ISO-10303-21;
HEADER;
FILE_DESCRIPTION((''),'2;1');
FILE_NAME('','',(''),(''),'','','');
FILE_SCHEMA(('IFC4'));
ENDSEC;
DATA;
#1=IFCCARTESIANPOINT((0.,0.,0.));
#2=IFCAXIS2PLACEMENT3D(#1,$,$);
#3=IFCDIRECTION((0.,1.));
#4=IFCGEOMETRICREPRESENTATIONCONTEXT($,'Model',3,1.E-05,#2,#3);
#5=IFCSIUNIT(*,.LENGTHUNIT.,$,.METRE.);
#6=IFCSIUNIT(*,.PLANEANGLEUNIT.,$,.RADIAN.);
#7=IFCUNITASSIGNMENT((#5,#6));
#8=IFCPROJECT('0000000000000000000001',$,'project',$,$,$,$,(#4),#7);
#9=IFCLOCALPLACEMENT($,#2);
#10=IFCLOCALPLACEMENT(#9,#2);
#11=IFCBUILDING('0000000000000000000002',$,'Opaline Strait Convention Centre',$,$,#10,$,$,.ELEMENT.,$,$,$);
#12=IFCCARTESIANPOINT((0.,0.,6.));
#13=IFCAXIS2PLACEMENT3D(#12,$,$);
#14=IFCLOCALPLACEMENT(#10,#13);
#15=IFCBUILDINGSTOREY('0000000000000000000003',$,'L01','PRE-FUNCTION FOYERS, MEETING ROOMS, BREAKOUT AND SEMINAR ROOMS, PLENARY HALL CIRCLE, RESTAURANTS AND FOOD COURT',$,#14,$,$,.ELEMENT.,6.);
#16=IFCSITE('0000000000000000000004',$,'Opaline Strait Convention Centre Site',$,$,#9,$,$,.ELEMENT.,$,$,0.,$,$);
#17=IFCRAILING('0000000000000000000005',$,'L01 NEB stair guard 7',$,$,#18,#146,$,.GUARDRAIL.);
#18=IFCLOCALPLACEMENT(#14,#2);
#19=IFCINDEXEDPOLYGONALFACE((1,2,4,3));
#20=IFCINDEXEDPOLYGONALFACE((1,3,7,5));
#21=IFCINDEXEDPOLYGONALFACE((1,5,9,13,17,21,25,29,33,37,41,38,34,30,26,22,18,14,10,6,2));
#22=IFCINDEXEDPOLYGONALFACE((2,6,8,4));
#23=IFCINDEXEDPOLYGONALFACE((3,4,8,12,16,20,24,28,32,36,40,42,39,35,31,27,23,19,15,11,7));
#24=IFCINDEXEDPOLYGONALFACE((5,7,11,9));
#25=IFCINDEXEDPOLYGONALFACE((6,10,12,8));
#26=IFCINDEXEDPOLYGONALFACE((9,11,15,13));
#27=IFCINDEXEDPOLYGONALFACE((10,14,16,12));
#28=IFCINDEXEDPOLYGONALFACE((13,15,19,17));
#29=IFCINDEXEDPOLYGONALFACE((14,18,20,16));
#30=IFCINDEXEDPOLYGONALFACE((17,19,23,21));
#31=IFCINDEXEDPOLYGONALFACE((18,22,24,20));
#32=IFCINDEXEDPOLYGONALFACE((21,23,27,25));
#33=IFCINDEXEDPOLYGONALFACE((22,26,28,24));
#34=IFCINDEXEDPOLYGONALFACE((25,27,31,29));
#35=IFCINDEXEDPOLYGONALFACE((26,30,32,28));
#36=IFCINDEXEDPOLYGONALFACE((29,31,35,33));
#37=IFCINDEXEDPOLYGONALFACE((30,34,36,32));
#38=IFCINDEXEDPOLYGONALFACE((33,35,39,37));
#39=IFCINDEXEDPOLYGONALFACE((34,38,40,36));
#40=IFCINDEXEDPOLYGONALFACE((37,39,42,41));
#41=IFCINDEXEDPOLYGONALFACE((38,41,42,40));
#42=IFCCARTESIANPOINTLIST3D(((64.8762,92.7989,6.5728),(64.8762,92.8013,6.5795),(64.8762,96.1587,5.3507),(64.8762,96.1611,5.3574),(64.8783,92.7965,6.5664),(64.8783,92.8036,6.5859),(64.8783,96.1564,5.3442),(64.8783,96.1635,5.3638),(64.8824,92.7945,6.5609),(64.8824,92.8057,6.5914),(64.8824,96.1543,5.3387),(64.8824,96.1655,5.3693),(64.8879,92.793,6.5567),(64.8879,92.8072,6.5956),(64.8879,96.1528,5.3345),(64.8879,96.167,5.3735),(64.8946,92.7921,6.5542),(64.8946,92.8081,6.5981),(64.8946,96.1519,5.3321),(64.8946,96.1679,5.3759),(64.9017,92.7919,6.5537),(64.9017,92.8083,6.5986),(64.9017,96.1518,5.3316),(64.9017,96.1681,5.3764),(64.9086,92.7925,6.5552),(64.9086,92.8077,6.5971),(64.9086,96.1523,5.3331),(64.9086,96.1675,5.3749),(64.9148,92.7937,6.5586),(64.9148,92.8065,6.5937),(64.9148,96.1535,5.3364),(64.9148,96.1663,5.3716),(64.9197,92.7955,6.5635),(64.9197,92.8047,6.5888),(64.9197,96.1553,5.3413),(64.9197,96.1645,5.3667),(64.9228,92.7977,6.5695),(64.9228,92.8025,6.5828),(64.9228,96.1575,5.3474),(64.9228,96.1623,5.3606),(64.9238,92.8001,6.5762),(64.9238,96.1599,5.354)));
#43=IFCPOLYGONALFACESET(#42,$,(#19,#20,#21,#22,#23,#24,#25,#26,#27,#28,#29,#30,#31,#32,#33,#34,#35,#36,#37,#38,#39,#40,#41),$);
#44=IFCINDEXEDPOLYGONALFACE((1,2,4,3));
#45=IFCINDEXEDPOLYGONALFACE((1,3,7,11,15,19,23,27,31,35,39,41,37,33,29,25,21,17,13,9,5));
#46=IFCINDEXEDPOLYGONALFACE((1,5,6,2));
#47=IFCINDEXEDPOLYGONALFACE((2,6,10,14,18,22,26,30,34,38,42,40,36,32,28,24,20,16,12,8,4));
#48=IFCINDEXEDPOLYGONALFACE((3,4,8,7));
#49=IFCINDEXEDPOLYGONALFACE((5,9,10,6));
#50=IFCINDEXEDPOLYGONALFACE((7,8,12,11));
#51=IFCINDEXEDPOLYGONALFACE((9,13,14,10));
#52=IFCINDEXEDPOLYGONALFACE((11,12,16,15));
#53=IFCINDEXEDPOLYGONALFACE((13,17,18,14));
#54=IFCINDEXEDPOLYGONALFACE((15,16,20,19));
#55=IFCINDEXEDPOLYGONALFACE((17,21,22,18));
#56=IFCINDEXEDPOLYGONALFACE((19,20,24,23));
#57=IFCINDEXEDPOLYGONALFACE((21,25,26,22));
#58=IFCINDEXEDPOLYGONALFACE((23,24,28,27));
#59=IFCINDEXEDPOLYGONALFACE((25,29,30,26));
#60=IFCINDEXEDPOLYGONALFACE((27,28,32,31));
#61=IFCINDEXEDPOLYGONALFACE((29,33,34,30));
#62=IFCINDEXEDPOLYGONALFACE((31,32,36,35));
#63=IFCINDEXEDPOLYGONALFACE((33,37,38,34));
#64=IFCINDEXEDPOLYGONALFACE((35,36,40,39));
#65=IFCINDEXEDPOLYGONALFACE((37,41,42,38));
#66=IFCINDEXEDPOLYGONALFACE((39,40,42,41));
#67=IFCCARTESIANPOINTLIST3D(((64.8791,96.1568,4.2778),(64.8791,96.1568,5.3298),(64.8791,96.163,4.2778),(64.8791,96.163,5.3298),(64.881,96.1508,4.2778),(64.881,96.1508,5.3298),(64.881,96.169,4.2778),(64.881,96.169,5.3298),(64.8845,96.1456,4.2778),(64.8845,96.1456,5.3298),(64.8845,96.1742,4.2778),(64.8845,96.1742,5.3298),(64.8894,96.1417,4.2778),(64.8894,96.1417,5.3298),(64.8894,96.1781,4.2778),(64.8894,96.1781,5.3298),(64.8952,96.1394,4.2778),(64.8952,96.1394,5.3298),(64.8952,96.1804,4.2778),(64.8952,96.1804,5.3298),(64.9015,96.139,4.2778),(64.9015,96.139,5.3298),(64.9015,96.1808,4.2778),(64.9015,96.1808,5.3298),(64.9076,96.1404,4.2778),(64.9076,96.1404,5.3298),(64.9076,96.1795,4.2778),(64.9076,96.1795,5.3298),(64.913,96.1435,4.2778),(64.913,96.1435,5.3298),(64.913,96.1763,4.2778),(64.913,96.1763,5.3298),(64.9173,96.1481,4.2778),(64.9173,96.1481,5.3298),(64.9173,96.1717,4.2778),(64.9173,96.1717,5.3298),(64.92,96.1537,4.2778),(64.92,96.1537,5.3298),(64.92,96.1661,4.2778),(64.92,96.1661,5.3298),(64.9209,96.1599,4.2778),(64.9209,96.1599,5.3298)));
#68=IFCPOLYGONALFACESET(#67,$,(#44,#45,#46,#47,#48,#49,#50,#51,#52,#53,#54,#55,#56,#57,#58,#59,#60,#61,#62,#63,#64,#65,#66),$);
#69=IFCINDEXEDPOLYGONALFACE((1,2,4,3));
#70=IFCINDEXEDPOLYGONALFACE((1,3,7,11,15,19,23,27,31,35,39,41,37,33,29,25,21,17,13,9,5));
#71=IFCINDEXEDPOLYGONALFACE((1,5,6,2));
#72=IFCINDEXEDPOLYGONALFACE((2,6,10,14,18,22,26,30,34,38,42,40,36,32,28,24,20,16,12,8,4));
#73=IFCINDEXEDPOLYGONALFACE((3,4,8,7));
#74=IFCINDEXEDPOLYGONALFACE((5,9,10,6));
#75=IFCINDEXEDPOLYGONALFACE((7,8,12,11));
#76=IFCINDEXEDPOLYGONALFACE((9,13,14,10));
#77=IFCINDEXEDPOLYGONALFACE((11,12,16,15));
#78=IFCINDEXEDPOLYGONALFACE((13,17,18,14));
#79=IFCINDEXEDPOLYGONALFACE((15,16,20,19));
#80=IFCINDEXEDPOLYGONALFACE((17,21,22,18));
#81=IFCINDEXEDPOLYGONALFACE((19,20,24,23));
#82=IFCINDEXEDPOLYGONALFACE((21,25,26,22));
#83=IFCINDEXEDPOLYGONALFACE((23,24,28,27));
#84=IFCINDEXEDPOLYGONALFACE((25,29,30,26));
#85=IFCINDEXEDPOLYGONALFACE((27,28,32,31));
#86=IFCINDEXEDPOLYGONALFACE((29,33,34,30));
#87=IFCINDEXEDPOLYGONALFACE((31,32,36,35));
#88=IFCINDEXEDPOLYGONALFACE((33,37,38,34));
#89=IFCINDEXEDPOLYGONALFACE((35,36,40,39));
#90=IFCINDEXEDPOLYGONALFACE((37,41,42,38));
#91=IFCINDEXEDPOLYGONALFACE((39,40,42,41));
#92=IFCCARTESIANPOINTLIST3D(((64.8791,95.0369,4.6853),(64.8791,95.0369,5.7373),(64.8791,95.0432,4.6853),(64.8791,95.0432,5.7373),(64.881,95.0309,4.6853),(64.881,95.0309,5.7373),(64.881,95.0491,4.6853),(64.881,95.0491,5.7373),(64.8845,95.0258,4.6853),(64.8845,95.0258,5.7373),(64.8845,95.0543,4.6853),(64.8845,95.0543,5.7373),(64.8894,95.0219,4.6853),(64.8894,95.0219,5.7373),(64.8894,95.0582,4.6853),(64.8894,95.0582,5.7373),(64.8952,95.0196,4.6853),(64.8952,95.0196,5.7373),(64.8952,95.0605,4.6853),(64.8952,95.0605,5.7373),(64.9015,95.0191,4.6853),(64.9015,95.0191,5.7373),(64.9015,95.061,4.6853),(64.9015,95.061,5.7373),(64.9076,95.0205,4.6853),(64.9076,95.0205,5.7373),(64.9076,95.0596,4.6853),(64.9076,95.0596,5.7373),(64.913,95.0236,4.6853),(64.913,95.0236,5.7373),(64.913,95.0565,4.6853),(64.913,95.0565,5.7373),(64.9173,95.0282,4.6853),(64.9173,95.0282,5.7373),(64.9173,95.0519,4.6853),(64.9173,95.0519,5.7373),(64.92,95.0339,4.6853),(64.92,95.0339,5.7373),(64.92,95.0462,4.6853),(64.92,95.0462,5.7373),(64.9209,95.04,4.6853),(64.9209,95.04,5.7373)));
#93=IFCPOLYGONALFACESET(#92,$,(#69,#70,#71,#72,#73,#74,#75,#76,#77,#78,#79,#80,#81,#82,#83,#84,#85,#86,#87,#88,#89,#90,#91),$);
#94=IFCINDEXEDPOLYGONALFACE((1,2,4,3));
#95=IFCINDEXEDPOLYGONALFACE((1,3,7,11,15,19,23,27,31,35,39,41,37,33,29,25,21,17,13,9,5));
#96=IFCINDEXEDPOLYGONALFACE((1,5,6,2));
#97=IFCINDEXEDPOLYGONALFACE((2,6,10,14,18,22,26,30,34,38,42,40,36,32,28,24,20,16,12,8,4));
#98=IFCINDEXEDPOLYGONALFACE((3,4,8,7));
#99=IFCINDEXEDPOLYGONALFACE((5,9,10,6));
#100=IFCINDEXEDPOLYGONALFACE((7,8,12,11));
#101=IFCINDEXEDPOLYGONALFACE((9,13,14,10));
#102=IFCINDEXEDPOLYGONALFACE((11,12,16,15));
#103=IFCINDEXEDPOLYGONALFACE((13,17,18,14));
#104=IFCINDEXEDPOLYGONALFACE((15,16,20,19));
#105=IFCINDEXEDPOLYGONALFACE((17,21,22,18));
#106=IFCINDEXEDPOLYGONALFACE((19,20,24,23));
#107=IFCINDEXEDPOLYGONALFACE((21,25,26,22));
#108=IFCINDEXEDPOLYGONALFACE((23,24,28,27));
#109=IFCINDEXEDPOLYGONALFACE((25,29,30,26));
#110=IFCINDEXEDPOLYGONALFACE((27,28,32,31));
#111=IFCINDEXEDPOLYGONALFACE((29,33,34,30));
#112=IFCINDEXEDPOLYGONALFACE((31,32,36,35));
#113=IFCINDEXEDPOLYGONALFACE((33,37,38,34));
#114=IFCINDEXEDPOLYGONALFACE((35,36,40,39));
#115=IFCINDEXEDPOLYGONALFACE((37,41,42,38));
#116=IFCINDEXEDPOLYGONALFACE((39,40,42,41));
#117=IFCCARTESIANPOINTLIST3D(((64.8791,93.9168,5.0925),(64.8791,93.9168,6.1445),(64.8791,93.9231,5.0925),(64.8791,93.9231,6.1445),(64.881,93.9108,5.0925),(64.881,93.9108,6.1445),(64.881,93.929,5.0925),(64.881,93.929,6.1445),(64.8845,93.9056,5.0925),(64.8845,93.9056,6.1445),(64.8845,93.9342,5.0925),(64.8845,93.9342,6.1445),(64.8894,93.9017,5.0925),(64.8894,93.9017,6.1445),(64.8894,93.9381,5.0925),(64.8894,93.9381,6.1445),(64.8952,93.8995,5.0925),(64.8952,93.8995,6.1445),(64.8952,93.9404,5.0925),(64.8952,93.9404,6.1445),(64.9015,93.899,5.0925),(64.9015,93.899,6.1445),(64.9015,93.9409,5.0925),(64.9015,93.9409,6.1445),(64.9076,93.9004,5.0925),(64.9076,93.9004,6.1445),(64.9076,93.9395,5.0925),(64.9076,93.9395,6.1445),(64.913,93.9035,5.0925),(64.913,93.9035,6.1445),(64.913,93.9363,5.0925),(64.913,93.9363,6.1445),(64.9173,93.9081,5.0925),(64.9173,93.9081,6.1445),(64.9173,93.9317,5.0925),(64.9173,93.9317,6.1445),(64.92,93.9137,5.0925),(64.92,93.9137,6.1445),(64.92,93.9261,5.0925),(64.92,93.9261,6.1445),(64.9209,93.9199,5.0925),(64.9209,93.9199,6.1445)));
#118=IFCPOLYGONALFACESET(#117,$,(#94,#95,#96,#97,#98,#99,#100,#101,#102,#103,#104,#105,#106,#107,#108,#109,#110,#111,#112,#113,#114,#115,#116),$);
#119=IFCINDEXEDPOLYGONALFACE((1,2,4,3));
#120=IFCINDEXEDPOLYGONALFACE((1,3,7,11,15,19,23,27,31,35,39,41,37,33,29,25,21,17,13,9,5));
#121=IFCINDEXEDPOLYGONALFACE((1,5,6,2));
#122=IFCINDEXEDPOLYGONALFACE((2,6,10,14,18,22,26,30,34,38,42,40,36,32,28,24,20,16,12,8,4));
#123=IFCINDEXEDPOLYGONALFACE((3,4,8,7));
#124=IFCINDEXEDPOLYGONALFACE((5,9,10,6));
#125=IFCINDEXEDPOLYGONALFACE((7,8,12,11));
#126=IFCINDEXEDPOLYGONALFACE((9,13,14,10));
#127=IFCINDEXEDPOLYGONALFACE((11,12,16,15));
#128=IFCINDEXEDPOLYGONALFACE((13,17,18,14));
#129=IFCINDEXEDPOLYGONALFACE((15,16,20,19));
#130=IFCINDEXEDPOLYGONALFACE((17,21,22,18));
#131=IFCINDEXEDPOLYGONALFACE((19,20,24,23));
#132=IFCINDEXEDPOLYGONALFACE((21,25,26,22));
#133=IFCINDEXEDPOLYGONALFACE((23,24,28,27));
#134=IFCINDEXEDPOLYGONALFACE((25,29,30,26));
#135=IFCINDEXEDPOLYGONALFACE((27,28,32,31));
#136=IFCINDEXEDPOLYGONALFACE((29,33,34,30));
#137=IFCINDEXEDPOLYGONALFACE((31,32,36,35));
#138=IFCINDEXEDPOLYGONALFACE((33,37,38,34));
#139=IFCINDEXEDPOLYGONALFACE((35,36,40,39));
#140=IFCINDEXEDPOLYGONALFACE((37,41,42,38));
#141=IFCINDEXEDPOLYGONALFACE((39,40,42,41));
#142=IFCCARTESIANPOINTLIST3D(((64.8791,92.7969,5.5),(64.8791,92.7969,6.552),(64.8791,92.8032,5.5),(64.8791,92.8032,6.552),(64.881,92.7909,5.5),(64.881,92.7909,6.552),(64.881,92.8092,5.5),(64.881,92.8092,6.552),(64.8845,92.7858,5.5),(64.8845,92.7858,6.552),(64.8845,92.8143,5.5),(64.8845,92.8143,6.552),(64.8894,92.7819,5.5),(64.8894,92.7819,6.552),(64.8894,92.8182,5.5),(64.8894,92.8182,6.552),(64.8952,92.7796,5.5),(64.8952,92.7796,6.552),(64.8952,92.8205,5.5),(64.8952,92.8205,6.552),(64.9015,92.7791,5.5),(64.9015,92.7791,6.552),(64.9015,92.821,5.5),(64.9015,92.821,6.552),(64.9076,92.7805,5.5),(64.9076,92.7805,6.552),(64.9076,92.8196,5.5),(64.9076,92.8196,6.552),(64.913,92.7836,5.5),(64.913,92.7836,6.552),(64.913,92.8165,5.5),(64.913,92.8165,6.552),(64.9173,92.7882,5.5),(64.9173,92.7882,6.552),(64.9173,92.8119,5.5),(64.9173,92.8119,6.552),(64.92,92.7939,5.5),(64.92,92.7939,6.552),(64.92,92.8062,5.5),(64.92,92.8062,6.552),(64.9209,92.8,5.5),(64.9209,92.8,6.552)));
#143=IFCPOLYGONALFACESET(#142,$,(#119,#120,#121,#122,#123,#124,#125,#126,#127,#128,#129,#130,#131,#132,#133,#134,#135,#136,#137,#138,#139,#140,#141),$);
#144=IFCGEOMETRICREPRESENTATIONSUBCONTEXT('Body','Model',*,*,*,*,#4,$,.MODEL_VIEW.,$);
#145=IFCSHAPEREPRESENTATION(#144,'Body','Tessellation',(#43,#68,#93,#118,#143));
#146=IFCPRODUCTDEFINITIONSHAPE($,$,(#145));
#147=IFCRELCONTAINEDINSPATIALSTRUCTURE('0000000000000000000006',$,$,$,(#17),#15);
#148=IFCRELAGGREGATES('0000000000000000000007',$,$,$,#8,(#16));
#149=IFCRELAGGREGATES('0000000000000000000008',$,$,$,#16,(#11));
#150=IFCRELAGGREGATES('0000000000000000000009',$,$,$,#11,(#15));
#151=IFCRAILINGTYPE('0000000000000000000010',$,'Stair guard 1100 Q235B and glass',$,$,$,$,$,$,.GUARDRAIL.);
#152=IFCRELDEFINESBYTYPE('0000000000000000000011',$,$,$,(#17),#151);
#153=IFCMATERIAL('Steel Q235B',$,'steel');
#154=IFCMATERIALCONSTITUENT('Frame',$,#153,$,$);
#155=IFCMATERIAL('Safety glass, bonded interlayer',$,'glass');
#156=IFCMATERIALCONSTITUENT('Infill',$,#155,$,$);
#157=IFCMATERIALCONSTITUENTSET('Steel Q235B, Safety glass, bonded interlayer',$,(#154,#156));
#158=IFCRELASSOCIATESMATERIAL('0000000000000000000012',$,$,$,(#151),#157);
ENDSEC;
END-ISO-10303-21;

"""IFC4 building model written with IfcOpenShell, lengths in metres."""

from ifc_helpers import new_model, si_unit, direction, frame, origin, origin_2d, place, context, subcontext, project, spatial, circle, extrude, material, constituent, constituent_set, type_object, element, save


model = new_model("IFC4")

# Units and contexts
model_context = context("Model", 3, precision=1e-05, world=origin(), true_north=direction((0.0, 1.0)))
body_context = subcontext(model_context, "Body", "Model", "MODEL_VIEW")
ifc_project = project(units=[si_unit("LENGTHUNIT", "METRE"), si_unit("PLANEANGLEUNIT", "RADIAN")], contexts=[model_context])

# Site, building, storey
site_placement = place(None, origin())
site = spatial("IfcSite", under=ifc_project, at=site_placement, Name="Opaline Strait Convention Centre Site", CompositionType="ELEMENT", RefElevation=0.0)
building_placement = place(site_placement, origin())
building = spatial("IfcBuilding", under=site, at=building_placement, Name="Opaline Strait Convention Centre", CompositionType="ELEMENT")
storey_placement = place(building_placement, frame((0.0, 0.0, 6.0)))
storey = spatial("IfcBuildingStorey", under=building, at=storey_placement, Name="L01", Description="PRE-FUNCTION FOYERS, MEETING ROOMS, BREAKOUT AND SEMINAR ROOMS, PLENARY HALL CIRCLE, RESTAURANTS AND FOOD COURT", CompositionType="ELEMENT", Elevation=6.0)

# Railing
ifc_material_1 = material(Name="Safety glass, bonded interlayer", Category="glass")
ifc_material_2 = material(Name="Steel Q235B", Category="steel")
ifc_constituent_1 = constituent(ifc_material_2, Name="Frame")
ifc_constituent_2 = constituent(ifc_material_1, Name="Infill")
ifc_constituent_set_1 = constituent_set(constituents=[ifc_constituent_1, ifc_constituent_2], Name="Steel Q235B, Safety glass, bonded interlayer")
railing_type_1 = type_object("IfcRailingType", Name="Stair guard 1100 Q235B and glass", PredefinedType="GUARDRAIL", material=ifc_constituent_set_1)
railing_1_placement = place(storey_placement, frame((64.8999, 96.1599, 4.2778)))
element("IfcRailing", 1, at=railing_1_placement, inside=storey, type_object=railing_type_1, Name="L01 NEB stair guard 7", PredefinedType="GUARDRAIL", context=body_context, shape_type="SweptSolid", body=[
    extrude(circle(Radius=0.0239, at=origin_2d()), frame((0.0, 0.0, 1.0762), z_axis=(0.0, -0.939758, 0.341842), x_axis=(1.0, 0.0, 0.0)), (0.0, 0.0, 1.0), 3.5752),
    extrude(circle(Radius=0.021, at=origin_2d()), origin(), (0.0, 0.0, 1.0), 1.052),
    extrude(circle(Radius=0.021, at=origin_2d()), frame((0.0, -1.1199, 0.4075)), (0.0, 0.0, 1.0), 1.052),
    extrude(circle(Radius=0.021, at=origin_2d()), frame((0.0, -2.24, 0.8147)), (0.0, 0.0, 1.0), 1.052),
    extrude(circle(Radius=0.021, at=origin_2d()), frame((0.0, -3.3599, 1.2222)), (0.0, 0.0, 1.0), 1.052),
])

save(model, "model.ifc")
